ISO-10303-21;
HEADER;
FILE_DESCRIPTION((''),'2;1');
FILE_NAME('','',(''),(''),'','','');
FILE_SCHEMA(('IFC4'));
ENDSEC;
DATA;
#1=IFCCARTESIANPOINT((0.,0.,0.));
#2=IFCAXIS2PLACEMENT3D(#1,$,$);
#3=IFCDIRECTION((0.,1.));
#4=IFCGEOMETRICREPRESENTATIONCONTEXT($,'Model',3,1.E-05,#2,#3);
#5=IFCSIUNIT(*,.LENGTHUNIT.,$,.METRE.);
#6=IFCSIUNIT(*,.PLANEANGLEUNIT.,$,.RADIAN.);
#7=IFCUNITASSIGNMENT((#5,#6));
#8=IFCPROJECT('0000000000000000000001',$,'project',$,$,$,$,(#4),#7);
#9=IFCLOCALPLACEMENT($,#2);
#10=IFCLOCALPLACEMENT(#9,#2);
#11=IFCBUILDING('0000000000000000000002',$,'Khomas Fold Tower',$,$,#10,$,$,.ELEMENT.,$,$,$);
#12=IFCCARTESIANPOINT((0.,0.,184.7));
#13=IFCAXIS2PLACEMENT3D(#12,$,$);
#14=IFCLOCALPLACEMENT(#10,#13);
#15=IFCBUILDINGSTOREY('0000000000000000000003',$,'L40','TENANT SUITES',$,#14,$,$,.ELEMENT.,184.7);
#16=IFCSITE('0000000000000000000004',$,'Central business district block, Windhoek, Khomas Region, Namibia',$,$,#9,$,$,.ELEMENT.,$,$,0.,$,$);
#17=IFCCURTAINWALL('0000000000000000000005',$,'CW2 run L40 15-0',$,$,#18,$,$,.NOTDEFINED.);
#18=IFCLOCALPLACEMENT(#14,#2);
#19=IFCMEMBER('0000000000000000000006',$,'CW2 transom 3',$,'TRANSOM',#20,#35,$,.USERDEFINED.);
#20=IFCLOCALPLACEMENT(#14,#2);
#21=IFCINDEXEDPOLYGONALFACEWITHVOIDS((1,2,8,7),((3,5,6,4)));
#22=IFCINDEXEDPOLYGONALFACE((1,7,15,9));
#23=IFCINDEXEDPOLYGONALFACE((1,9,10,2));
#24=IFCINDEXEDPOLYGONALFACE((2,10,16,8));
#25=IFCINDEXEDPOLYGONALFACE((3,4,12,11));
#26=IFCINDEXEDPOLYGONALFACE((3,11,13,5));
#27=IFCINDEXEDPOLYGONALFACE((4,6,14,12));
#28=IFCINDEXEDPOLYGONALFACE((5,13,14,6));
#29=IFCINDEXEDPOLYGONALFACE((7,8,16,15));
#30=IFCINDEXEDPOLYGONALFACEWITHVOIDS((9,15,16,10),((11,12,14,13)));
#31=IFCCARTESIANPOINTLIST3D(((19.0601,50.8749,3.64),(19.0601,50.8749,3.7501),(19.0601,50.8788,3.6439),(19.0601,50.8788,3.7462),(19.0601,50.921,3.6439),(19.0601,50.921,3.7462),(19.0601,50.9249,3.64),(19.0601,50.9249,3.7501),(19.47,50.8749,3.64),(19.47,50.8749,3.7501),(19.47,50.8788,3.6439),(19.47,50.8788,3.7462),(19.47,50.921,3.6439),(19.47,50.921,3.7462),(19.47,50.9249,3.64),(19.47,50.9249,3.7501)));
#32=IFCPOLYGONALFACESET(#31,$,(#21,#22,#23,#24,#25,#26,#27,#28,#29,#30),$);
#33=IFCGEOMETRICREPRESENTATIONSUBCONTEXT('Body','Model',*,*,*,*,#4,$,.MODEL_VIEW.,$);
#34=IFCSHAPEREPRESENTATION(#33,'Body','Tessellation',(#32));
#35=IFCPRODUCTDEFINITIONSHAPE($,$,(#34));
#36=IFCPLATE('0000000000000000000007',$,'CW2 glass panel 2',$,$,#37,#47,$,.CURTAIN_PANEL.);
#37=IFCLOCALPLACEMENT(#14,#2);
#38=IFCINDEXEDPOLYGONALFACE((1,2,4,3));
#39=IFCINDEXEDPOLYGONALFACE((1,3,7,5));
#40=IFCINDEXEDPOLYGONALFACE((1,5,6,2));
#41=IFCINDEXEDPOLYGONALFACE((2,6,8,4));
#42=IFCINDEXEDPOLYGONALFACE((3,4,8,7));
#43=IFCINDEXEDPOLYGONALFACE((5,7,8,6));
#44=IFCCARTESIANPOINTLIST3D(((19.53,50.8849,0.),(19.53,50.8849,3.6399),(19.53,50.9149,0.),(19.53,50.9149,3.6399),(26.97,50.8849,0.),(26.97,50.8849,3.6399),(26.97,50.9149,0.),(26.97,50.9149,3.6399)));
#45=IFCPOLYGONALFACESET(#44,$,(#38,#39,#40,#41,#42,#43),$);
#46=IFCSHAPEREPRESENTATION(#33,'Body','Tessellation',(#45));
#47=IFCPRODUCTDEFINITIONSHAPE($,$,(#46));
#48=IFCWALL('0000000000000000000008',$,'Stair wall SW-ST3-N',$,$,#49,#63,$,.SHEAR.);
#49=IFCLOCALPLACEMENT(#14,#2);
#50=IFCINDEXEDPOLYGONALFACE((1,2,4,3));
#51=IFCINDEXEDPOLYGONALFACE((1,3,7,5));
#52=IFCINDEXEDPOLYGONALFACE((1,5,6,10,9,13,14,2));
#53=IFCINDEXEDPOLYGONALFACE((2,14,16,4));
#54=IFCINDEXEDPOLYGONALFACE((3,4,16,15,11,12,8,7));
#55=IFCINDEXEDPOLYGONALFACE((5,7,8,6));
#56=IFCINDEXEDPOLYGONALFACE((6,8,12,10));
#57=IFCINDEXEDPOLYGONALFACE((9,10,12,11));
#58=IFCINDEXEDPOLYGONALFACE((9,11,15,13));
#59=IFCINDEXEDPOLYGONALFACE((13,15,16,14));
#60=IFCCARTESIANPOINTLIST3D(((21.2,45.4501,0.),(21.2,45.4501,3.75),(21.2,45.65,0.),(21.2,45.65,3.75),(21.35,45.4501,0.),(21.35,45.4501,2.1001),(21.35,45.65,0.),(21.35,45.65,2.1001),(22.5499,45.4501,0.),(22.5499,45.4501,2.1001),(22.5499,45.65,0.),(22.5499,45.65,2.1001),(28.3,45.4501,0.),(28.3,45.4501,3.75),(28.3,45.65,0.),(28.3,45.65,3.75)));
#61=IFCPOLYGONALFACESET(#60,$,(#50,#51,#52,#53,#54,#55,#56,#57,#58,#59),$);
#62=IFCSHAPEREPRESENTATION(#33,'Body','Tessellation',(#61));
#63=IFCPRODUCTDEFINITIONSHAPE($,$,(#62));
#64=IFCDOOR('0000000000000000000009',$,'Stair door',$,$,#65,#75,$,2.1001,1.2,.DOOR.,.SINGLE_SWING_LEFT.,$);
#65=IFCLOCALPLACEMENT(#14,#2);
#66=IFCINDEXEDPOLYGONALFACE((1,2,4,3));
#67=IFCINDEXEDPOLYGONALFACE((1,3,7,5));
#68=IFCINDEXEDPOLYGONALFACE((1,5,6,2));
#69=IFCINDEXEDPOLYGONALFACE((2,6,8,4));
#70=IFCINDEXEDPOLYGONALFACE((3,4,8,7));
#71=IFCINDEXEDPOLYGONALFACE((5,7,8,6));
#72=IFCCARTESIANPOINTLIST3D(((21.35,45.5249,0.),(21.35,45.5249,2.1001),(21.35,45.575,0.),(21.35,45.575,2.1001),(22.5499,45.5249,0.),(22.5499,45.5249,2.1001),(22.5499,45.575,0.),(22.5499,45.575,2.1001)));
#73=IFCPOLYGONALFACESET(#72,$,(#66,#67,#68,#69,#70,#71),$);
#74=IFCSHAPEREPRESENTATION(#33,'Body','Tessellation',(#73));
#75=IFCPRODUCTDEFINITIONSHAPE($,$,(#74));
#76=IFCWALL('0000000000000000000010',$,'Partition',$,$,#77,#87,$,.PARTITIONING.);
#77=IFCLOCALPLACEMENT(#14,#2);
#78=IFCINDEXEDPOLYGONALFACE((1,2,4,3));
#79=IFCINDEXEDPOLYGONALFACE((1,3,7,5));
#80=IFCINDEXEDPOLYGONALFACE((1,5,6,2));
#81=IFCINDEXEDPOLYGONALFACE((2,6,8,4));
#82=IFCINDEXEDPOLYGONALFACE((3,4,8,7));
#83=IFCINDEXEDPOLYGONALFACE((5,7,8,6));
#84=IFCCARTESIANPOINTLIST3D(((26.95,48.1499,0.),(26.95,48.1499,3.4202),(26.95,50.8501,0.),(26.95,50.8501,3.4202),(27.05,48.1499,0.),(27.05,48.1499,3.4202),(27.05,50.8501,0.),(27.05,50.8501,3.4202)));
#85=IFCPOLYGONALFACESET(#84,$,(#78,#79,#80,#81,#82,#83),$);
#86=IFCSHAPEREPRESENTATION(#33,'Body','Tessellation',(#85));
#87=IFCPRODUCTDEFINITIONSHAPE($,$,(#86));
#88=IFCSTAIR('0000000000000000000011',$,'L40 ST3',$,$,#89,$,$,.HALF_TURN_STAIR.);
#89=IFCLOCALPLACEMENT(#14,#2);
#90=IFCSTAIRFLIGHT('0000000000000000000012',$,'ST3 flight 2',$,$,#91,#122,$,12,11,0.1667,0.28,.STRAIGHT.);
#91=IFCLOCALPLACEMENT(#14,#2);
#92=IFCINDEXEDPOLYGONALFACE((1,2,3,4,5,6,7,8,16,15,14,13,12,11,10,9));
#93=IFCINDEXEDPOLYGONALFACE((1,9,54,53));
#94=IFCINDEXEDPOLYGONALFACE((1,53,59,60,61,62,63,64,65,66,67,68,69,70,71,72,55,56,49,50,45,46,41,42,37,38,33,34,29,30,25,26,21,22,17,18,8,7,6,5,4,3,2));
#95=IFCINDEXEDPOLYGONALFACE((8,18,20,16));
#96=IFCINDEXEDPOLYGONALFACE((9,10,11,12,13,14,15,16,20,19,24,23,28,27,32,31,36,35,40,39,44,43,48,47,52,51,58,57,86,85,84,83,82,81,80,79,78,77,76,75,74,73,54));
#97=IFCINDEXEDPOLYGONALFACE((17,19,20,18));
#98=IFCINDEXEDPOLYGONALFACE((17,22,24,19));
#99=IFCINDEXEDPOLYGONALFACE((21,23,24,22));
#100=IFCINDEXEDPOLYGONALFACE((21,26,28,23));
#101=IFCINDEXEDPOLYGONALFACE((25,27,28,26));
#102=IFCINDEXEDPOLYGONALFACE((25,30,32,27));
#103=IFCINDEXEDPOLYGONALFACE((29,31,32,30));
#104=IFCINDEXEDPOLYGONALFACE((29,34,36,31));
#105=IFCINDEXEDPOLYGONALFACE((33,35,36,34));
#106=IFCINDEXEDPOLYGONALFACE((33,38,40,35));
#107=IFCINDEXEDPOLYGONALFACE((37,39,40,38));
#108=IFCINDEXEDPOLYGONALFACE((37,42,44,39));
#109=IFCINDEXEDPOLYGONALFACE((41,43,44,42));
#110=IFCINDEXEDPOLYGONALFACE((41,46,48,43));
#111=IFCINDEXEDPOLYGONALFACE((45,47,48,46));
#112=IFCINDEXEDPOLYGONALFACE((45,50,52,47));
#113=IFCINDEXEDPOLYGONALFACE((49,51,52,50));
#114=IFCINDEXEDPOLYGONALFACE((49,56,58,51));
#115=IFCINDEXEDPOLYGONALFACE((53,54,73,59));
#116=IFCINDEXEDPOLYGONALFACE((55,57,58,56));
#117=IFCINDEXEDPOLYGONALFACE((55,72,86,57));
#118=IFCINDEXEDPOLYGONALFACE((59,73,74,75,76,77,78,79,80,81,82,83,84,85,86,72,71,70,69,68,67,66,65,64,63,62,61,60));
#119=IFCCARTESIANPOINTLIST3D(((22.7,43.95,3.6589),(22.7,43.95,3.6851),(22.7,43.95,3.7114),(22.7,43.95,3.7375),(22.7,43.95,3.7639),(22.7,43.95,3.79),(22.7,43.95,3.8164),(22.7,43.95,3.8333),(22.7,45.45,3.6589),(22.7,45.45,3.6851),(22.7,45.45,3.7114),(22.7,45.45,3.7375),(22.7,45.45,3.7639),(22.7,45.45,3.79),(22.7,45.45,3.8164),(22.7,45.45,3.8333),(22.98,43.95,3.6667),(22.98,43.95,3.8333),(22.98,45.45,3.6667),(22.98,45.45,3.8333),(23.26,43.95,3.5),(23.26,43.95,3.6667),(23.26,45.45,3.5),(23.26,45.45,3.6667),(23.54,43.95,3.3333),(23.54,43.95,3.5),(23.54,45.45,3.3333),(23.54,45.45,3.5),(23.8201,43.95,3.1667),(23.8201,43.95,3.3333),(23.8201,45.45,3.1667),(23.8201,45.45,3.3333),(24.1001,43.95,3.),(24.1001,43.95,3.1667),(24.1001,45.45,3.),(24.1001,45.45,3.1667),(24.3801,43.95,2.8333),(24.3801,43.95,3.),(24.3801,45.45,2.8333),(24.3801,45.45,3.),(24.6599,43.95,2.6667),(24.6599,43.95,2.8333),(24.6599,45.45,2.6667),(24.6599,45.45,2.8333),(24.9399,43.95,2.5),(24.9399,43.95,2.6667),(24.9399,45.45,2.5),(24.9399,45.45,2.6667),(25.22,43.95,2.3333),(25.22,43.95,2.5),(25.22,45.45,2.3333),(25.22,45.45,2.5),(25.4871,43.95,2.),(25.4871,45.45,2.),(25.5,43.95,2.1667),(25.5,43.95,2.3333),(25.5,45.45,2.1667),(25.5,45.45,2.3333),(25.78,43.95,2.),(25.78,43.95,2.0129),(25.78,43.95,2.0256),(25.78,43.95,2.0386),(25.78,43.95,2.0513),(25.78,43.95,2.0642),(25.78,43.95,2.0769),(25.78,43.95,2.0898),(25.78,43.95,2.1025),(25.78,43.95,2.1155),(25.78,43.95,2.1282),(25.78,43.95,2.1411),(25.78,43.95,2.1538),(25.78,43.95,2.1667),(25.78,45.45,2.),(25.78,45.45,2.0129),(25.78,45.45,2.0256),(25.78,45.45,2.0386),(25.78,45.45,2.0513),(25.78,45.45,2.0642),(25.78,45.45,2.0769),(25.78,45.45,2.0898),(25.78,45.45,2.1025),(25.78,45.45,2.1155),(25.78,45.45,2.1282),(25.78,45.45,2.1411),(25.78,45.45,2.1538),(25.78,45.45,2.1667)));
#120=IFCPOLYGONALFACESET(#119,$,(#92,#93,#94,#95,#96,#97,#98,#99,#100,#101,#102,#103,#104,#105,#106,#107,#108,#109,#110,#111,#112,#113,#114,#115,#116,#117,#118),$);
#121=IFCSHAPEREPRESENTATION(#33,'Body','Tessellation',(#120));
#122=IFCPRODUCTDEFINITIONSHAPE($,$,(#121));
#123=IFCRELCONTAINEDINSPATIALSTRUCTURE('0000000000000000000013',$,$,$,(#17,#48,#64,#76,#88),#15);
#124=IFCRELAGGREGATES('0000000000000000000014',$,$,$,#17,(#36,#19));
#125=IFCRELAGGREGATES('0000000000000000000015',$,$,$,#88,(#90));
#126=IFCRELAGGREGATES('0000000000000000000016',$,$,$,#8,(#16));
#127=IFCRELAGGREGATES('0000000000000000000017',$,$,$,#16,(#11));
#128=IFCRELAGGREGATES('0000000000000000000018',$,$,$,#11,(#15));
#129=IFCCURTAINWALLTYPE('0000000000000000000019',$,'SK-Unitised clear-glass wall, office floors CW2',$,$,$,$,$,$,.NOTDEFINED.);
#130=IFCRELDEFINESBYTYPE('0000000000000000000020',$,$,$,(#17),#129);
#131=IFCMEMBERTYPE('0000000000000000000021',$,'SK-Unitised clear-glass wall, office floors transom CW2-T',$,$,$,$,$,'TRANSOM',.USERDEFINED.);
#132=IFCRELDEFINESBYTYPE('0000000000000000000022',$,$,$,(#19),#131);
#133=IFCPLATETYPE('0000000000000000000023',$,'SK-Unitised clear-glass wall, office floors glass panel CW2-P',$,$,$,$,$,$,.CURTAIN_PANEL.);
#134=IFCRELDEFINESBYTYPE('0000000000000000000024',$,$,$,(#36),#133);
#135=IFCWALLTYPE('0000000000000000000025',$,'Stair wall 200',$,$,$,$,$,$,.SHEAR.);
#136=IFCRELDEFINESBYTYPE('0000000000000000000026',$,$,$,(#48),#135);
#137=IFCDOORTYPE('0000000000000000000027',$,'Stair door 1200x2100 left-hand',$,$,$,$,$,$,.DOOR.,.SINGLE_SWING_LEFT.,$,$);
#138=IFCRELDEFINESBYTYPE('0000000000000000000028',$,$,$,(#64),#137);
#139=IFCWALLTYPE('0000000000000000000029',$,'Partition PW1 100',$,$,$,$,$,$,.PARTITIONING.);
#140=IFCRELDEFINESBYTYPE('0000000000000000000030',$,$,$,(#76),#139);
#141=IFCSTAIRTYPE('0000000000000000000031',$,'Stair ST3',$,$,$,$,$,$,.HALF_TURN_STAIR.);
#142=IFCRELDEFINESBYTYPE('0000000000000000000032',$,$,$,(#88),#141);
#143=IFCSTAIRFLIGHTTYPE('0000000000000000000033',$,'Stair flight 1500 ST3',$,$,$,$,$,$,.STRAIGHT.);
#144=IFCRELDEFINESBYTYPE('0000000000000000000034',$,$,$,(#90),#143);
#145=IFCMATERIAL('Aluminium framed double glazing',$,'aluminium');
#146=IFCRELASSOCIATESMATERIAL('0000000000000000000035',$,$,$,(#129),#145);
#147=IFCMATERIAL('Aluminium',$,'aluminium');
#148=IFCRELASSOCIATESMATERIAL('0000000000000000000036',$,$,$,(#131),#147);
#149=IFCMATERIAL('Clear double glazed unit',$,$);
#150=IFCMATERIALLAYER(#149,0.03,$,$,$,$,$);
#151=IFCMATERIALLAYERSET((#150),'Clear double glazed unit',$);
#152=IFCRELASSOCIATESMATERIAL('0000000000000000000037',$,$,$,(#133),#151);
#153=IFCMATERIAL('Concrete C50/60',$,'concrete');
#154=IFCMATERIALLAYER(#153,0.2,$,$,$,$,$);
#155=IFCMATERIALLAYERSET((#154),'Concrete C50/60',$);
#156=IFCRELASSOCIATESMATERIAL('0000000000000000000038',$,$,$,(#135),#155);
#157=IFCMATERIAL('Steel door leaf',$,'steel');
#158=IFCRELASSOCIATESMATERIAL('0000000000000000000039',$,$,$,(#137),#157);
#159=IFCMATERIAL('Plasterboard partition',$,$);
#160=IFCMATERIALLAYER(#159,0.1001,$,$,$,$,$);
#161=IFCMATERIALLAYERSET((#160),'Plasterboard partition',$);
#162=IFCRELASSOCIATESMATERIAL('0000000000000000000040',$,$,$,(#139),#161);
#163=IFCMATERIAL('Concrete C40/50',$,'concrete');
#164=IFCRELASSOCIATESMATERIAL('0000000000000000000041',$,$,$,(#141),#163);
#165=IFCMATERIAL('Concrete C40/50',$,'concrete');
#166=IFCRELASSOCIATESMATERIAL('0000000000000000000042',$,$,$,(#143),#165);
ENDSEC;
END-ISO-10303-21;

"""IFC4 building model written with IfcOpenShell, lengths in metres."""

from ifc_helpers import new_model, si_unit, direction, frame, frame_2d, origin, origin_2d, place, context, subcontext, project, spatial, polyline, rectangle, hollow_rectangle, outline, extrude, source, transform, mapped, material, layer, layer_set, material_profile, profile_set, type_object, element, fill, aggregate, save


model = new_model("IFC4")

# Units and contexts
model_context = context("Model", 3, precision=1e-05, world=origin(), true_north=direction((0.0, 1.0)))
body_context = subcontext(model_context, "Body", "Model", "MODEL_VIEW")
ifc_project = project(units=[si_unit("LENGTHUNIT", "METRE"), si_unit("PLANEANGLEUNIT", "RADIAN")], contexts=[model_context])

# Site, building, storey
site_placement = place(None, origin())
site = spatial("IfcSite", under=ifc_project, at=site_placement, Name="Central business district block, Windhoek, Khomas Region, Namibia", CompositionType="ELEMENT", RefElevation=0.0)
building_placement = place(site_placement, origin())
building = spatial("IfcBuilding", under=site, at=building_placement, Name="Khomas Fold Tower", CompositionType="ELEMENT")
storey_placement = place(building_placement, frame((0.0, 0.0, 184.7)))
storey = spatial("IfcBuildingStorey", under=building, at=storey_placement, Name="L40", Description="TENANT SUITES", CompositionType="ELEMENT", Elevation=184.7)

# Curtain wall, member, plate
ifc_material_1 = material(Name="Aluminium framed double glazing", Category="aluminium")
curtain_wall_type = type_object("IfcCurtainWallType", Name="SK-Unitised clear-glass wall, office floors CW2", PredefinedType="NOTDEFINED", material=ifc_material_1)
curtain_wall_placement = place(storey_placement, origin())
curtain_wall = element("IfcCurtainWall", 1, at=curtain_wall_placement, inside=storey, type_object=curtain_wall_type, Name="CW2 run L40 15-0", PredefinedType="NOTDEFINED")
ifc_material_2 = material(Name="Aluminium", Category="aluminium")
ifc_material_profile_1 = material_profile(ifc_material_2, hollow_rectangle(XDim=0.05, YDim=0.1101, WallThickness=0.0039, at=origin_2d()), Name="SK-Unitised clear-glass wall, office floors transom CW2-T")
ifc_profile_set_1 = profile_set([ifc_material_profile_1], Name="Aluminium")
member_type_1 = type_object("IfcMemberType", Name="SK-Unitised clear-glass wall, office floors transom CW2-T", ElementType="TRANSOM", PredefinedType="USERDEFINED", material=ifc_profile_set_1)
shared_shape_1 = source(origin(), body_context, "Body", "SweptSolid", [
    extrude(hollow_rectangle(XDim=0.05, YDim=0.1101, WallThickness=0.0039, at=origin_2d()), origin(), (0.0, 0.0, 1.0), 0.4099),
])
member_1_placement = place(storey_placement, frame((19.47, 50.8999, 3.6951), z_axis=(-1.0, 0.0, 0.0), x_axis=(0.0, -1.0, 0.0)))
member_1 = element("IfcMember", 2, at=member_1_placement, type_object=member_type_1, Name="CW2 transom 3", ObjectType="TRANSOM", PredefinedType="USERDEFINED", context=body_context, shape_type="MappedRepresentation", body=[
    mapped(shared_shape_1, transform((0.0, 0.0, 0.0))),
])
ifc_material_3 = material(Name="Clear double glazed unit")
ifc_layer_1 = layer(ifc_material_3, 0.03)
ifc_layer_set_1 = layer_set([ifc_layer_1], Name="Clear double glazed unit")
plate_type = type_object("IfcPlateType", Name="SK-Unitised clear-glass wall, office floors glass panel CW2-P", PredefinedType="CURTAIN_PANEL", material=ifc_layer_set_1)
shared_shape_2 = source(origin(), body_context, "Body", "SweptSolid", [
    extrude(rectangle(XDim=7.4399, YDim=0.03, at=origin_2d()), origin(), (0.0, 0.0, 1.0), 3.6399),
])
plate_placement = place(storey_placement, frame((23.25, 50.8999, 0.0), z_axis=(0.0, 0.0, 1.0), x_axis=(-1.0, 0.0, 0.0)))
plate = element("IfcPlate", 3, at=plate_placement, type_object=plate_type, Name="CW2 glass panel 2", PredefinedType="CURTAIN_PANEL", context=body_context, shape_type="MappedRepresentation", body=[
    mapped(shared_shape_2, transform((0.0, 0.0, 0.0))),
])
aggregate(curtain_wall, [plate, member_1])

# Wall, opening, door
ifc_material_4 = material(Name="Concrete C50/60", Category="concrete")
ifc_layer_2 = layer(ifc_material_4, 0.2)
ifc_layer_set_2 = layer_set([ifc_layer_2], Name="Concrete C50/60")
wall_type_1 = type_object("IfcWallType", Name="Stair wall 200", PredefinedType="SHEAR", material=ifc_layer_set_2)
shared_shape_3 = source(origin(), body_context, "Body", "SweptSolid", [
    extrude(rectangle(XDim=7.1001, YDim=0.2, at=frame_2d((3.55, 0.0))), origin(), (0.0, 0.0, 1.0), 3.75),
])
wall_1_placement = place(storey_placement, frame((21.2, 45.55, 0.0), z_axis=(0.0, 0.0, 1.0), x_axis=(1.0, 0.0, 0.0)))
wall_1 = element("IfcWall", 4, at=wall_1_placement, inside=storey, type_object=wall_type_1, Name="Stair wall SW-ST3-N", PredefinedType="SHEAR", context=body_context, shape_type="MappedRepresentation", body=[
    mapped(shared_shape_3, transform((0.0, 0.0, 0.0))),
])
shared_shape_4 = source(origin(), body_context, "Body", "SweptSolid", [
    extrude(rectangle(XDim=1.2, YDim=2.1001, at=frame_2d((0.6001, 1.05))), frame((0.0, 0.1099, 0.0), z_axis=(0.0, -1.0, 0.0), x_axis=(1.0, 0.0, 0.0)), (0.0, 0.0, 1.0), 0.22),
])
opening_placement = place(wall_1_placement, frame((0.1499, 0.0, 0.0)))
opening = element("IfcOpeningElement", 5, at=opening_placement, cuts=wall_1, PredefinedType="OPENING", context=body_context, shape_type="MappedRepresentation", body=[
    mapped(shared_shape_4, transform((0.0, 0.0, 0.0))),
])
ifc_material_5 = material(Name="Steel door leaf", Category="steel")
door_type = type_object("IfcDoorType", Name="Stair door 1200x2100 left-hand", OperationType="SINGLE_SWING_LEFT", PredefinedType="DOOR", material=ifc_material_5)
shared_shape_5 = source(origin(), body_context, "Body", "SweptSolid", [
    extrude(rectangle(XDim=1.2, YDim=2.1001, at=frame_2d((0.6001, 1.05))), frame((0.0, 0.0249, 0.0), z_axis=(0.0, -1.0, 0.0), x_axis=(1.0, 0.0, 0.0)), (0.0, 0.0, 1.0), 0.05),
])
door_placement = place(opening_placement, origin())
door = element("IfcDoor", 6, at=door_placement, inside=storey, type_object=door_type, Name="Stair door", OperationType="SINGLE_SWING_LEFT", OverallHeight=2.1001, OverallWidth=1.2, PredefinedType="DOOR", context=body_context, shape_type="MappedRepresentation", body=[
    mapped(shared_shape_5, transform((0.0, 0.0, 0.0))),
])
fill(opening, door)

# Wall
ifc_material_6 = material(Name="Plasterboard partition")
ifc_layer_3 = layer(ifc_material_6, 0.1001)
ifc_layer_set_3 = layer_set([ifc_layer_3], Name="Plasterboard partition")
wall_type_2 = type_object("IfcWallType", Name="Partition PW1 100", PredefinedType="PARTITIONING", material=ifc_layer_set_3)
shared_shape_6 = source(origin(), body_context, "Body", "SweptSolid", [
    extrude(rectangle(XDim=2.7002, YDim=0.1001, at=frame_2d((1.3501, 0.0))), origin(), (0.0, 0.0, 1.0), 3.4202),
])
wall_2_placement = place(storey_placement, frame((27.0, 48.1499, 0.0), z_axis=(0.0, 0.0, 1.0), x_axis=(0.0, 1.0, 0.0)))
element("IfcWall", 7, at=wall_2_placement, inside=storey, type_object=wall_type_2, Name="Partition", PredefinedType="PARTITIONING", context=body_context, shape_type="MappedRepresentation", body=[
    mapped(shared_shape_6, transform((0.0, 0.0, 0.0))),
])

# Stair, stair flight
ifc_material_7 = material(Name="Concrete C40/50", Category="concrete")
stair_type = type_object("IfcStairType", Name="Stair ST3", PredefinedType="HALF_TURN_STAIR", material=ifc_material_7)
stair_placement = place(storey_placement, origin())
stair = element("IfcStair", 8, at=stair_placement, inside=storey, type_object=stair_type, Name="L40 ST3", PredefinedType="HALF_TURN_STAIR")
ifc_material_8 = material(Name="Concrete C40/50", Category="concrete")
stair_flight_type = type_object("IfcStairFlightType", Name="Stair flight 1500 ST3", PredefinedType="STRAIGHT", material=ifc_material_8)
shared_shape_7 = source(origin(), body_context, "Body", "SweptSolid", [
    extrude(outline(polyline([(0.0, 0.0), (0.0, 0.0129), (0.0, 0.0256), (0.0, 0.0386), (0.0, 0.0513), (0.0, 0.0642), (0.0, 0.0769), (0.0, 0.0898), (0.0, 0.1025), (0.0, 0.1155), (0.0, 0.1282), (0.0, 0.1411), (0.0, 0.1538), (0.0, 0.1667), (0.28, 0.1667), (0.28, 0.3333), (0.5601, 0.3333), (0.5601, 0.5), (0.8401, 0.5), (0.8401, 0.6667), (1.1201, 0.6667), (1.1201, 0.8333), (1.3999, 0.8333), (1.3999, 1.0), (1.6799, 1.0), (1.6799, 1.1667), (1.96, 1.1667), (1.96, 1.3333), (2.24, 1.3333), (2.24, 1.5), (2.52, 1.5), (2.52, 1.6667), (2.8, 1.6667), (2.8, 1.8333), (3.0801, 1.8333), (3.0801, 2.0), (3.0801, 1.9739), (3.0801, 1.9475), (3.0801, 1.9214), (3.0801, 1.895), (3.0801, 1.8689), (3.0801, 1.8425), (3.0801, 1.8164), (3.0801, 1.79), (3.0801, 1.7639), (3.0801, 1.7375), (3.0801, 1.7114), (3.0801, 1.6851), (3.0801, 1.6589), (0.293, 0.0), (0.0, 0.0)])), frame((0.0, 0.75, 0.0), z_axis=(0.0, -1.0, 0.0), x_axis=(1.0, 0.0, 0.0)), (0.0, 0.0, 1.0), 1.5),
])
stair_flight_placement = place(storey_placement, frame((25.78, 44.7, 2.0), z_axis=(0.0, 0.0, 1.0), x_axis=(-1.0, 0.0, 0.0)))
stair_flight = element("IfcStairFlight", 9, at=stair_flight_placement, type_object=stair_flight_type, Name="ST3 flight 2", NumberOfRisers=12, NumberOfTreads=11, PredefinedType="STRAIGHT", RiserHeight=0.1667, TreadLength=0.28, context=body_context, shape_type="MappedRepresentation", body=[
    mapped(shared_shape_7, transform((0.0, 0.0, 0.0))),
])
aggregate(stair, [stair_flight])

save(model, "model.ifc")
